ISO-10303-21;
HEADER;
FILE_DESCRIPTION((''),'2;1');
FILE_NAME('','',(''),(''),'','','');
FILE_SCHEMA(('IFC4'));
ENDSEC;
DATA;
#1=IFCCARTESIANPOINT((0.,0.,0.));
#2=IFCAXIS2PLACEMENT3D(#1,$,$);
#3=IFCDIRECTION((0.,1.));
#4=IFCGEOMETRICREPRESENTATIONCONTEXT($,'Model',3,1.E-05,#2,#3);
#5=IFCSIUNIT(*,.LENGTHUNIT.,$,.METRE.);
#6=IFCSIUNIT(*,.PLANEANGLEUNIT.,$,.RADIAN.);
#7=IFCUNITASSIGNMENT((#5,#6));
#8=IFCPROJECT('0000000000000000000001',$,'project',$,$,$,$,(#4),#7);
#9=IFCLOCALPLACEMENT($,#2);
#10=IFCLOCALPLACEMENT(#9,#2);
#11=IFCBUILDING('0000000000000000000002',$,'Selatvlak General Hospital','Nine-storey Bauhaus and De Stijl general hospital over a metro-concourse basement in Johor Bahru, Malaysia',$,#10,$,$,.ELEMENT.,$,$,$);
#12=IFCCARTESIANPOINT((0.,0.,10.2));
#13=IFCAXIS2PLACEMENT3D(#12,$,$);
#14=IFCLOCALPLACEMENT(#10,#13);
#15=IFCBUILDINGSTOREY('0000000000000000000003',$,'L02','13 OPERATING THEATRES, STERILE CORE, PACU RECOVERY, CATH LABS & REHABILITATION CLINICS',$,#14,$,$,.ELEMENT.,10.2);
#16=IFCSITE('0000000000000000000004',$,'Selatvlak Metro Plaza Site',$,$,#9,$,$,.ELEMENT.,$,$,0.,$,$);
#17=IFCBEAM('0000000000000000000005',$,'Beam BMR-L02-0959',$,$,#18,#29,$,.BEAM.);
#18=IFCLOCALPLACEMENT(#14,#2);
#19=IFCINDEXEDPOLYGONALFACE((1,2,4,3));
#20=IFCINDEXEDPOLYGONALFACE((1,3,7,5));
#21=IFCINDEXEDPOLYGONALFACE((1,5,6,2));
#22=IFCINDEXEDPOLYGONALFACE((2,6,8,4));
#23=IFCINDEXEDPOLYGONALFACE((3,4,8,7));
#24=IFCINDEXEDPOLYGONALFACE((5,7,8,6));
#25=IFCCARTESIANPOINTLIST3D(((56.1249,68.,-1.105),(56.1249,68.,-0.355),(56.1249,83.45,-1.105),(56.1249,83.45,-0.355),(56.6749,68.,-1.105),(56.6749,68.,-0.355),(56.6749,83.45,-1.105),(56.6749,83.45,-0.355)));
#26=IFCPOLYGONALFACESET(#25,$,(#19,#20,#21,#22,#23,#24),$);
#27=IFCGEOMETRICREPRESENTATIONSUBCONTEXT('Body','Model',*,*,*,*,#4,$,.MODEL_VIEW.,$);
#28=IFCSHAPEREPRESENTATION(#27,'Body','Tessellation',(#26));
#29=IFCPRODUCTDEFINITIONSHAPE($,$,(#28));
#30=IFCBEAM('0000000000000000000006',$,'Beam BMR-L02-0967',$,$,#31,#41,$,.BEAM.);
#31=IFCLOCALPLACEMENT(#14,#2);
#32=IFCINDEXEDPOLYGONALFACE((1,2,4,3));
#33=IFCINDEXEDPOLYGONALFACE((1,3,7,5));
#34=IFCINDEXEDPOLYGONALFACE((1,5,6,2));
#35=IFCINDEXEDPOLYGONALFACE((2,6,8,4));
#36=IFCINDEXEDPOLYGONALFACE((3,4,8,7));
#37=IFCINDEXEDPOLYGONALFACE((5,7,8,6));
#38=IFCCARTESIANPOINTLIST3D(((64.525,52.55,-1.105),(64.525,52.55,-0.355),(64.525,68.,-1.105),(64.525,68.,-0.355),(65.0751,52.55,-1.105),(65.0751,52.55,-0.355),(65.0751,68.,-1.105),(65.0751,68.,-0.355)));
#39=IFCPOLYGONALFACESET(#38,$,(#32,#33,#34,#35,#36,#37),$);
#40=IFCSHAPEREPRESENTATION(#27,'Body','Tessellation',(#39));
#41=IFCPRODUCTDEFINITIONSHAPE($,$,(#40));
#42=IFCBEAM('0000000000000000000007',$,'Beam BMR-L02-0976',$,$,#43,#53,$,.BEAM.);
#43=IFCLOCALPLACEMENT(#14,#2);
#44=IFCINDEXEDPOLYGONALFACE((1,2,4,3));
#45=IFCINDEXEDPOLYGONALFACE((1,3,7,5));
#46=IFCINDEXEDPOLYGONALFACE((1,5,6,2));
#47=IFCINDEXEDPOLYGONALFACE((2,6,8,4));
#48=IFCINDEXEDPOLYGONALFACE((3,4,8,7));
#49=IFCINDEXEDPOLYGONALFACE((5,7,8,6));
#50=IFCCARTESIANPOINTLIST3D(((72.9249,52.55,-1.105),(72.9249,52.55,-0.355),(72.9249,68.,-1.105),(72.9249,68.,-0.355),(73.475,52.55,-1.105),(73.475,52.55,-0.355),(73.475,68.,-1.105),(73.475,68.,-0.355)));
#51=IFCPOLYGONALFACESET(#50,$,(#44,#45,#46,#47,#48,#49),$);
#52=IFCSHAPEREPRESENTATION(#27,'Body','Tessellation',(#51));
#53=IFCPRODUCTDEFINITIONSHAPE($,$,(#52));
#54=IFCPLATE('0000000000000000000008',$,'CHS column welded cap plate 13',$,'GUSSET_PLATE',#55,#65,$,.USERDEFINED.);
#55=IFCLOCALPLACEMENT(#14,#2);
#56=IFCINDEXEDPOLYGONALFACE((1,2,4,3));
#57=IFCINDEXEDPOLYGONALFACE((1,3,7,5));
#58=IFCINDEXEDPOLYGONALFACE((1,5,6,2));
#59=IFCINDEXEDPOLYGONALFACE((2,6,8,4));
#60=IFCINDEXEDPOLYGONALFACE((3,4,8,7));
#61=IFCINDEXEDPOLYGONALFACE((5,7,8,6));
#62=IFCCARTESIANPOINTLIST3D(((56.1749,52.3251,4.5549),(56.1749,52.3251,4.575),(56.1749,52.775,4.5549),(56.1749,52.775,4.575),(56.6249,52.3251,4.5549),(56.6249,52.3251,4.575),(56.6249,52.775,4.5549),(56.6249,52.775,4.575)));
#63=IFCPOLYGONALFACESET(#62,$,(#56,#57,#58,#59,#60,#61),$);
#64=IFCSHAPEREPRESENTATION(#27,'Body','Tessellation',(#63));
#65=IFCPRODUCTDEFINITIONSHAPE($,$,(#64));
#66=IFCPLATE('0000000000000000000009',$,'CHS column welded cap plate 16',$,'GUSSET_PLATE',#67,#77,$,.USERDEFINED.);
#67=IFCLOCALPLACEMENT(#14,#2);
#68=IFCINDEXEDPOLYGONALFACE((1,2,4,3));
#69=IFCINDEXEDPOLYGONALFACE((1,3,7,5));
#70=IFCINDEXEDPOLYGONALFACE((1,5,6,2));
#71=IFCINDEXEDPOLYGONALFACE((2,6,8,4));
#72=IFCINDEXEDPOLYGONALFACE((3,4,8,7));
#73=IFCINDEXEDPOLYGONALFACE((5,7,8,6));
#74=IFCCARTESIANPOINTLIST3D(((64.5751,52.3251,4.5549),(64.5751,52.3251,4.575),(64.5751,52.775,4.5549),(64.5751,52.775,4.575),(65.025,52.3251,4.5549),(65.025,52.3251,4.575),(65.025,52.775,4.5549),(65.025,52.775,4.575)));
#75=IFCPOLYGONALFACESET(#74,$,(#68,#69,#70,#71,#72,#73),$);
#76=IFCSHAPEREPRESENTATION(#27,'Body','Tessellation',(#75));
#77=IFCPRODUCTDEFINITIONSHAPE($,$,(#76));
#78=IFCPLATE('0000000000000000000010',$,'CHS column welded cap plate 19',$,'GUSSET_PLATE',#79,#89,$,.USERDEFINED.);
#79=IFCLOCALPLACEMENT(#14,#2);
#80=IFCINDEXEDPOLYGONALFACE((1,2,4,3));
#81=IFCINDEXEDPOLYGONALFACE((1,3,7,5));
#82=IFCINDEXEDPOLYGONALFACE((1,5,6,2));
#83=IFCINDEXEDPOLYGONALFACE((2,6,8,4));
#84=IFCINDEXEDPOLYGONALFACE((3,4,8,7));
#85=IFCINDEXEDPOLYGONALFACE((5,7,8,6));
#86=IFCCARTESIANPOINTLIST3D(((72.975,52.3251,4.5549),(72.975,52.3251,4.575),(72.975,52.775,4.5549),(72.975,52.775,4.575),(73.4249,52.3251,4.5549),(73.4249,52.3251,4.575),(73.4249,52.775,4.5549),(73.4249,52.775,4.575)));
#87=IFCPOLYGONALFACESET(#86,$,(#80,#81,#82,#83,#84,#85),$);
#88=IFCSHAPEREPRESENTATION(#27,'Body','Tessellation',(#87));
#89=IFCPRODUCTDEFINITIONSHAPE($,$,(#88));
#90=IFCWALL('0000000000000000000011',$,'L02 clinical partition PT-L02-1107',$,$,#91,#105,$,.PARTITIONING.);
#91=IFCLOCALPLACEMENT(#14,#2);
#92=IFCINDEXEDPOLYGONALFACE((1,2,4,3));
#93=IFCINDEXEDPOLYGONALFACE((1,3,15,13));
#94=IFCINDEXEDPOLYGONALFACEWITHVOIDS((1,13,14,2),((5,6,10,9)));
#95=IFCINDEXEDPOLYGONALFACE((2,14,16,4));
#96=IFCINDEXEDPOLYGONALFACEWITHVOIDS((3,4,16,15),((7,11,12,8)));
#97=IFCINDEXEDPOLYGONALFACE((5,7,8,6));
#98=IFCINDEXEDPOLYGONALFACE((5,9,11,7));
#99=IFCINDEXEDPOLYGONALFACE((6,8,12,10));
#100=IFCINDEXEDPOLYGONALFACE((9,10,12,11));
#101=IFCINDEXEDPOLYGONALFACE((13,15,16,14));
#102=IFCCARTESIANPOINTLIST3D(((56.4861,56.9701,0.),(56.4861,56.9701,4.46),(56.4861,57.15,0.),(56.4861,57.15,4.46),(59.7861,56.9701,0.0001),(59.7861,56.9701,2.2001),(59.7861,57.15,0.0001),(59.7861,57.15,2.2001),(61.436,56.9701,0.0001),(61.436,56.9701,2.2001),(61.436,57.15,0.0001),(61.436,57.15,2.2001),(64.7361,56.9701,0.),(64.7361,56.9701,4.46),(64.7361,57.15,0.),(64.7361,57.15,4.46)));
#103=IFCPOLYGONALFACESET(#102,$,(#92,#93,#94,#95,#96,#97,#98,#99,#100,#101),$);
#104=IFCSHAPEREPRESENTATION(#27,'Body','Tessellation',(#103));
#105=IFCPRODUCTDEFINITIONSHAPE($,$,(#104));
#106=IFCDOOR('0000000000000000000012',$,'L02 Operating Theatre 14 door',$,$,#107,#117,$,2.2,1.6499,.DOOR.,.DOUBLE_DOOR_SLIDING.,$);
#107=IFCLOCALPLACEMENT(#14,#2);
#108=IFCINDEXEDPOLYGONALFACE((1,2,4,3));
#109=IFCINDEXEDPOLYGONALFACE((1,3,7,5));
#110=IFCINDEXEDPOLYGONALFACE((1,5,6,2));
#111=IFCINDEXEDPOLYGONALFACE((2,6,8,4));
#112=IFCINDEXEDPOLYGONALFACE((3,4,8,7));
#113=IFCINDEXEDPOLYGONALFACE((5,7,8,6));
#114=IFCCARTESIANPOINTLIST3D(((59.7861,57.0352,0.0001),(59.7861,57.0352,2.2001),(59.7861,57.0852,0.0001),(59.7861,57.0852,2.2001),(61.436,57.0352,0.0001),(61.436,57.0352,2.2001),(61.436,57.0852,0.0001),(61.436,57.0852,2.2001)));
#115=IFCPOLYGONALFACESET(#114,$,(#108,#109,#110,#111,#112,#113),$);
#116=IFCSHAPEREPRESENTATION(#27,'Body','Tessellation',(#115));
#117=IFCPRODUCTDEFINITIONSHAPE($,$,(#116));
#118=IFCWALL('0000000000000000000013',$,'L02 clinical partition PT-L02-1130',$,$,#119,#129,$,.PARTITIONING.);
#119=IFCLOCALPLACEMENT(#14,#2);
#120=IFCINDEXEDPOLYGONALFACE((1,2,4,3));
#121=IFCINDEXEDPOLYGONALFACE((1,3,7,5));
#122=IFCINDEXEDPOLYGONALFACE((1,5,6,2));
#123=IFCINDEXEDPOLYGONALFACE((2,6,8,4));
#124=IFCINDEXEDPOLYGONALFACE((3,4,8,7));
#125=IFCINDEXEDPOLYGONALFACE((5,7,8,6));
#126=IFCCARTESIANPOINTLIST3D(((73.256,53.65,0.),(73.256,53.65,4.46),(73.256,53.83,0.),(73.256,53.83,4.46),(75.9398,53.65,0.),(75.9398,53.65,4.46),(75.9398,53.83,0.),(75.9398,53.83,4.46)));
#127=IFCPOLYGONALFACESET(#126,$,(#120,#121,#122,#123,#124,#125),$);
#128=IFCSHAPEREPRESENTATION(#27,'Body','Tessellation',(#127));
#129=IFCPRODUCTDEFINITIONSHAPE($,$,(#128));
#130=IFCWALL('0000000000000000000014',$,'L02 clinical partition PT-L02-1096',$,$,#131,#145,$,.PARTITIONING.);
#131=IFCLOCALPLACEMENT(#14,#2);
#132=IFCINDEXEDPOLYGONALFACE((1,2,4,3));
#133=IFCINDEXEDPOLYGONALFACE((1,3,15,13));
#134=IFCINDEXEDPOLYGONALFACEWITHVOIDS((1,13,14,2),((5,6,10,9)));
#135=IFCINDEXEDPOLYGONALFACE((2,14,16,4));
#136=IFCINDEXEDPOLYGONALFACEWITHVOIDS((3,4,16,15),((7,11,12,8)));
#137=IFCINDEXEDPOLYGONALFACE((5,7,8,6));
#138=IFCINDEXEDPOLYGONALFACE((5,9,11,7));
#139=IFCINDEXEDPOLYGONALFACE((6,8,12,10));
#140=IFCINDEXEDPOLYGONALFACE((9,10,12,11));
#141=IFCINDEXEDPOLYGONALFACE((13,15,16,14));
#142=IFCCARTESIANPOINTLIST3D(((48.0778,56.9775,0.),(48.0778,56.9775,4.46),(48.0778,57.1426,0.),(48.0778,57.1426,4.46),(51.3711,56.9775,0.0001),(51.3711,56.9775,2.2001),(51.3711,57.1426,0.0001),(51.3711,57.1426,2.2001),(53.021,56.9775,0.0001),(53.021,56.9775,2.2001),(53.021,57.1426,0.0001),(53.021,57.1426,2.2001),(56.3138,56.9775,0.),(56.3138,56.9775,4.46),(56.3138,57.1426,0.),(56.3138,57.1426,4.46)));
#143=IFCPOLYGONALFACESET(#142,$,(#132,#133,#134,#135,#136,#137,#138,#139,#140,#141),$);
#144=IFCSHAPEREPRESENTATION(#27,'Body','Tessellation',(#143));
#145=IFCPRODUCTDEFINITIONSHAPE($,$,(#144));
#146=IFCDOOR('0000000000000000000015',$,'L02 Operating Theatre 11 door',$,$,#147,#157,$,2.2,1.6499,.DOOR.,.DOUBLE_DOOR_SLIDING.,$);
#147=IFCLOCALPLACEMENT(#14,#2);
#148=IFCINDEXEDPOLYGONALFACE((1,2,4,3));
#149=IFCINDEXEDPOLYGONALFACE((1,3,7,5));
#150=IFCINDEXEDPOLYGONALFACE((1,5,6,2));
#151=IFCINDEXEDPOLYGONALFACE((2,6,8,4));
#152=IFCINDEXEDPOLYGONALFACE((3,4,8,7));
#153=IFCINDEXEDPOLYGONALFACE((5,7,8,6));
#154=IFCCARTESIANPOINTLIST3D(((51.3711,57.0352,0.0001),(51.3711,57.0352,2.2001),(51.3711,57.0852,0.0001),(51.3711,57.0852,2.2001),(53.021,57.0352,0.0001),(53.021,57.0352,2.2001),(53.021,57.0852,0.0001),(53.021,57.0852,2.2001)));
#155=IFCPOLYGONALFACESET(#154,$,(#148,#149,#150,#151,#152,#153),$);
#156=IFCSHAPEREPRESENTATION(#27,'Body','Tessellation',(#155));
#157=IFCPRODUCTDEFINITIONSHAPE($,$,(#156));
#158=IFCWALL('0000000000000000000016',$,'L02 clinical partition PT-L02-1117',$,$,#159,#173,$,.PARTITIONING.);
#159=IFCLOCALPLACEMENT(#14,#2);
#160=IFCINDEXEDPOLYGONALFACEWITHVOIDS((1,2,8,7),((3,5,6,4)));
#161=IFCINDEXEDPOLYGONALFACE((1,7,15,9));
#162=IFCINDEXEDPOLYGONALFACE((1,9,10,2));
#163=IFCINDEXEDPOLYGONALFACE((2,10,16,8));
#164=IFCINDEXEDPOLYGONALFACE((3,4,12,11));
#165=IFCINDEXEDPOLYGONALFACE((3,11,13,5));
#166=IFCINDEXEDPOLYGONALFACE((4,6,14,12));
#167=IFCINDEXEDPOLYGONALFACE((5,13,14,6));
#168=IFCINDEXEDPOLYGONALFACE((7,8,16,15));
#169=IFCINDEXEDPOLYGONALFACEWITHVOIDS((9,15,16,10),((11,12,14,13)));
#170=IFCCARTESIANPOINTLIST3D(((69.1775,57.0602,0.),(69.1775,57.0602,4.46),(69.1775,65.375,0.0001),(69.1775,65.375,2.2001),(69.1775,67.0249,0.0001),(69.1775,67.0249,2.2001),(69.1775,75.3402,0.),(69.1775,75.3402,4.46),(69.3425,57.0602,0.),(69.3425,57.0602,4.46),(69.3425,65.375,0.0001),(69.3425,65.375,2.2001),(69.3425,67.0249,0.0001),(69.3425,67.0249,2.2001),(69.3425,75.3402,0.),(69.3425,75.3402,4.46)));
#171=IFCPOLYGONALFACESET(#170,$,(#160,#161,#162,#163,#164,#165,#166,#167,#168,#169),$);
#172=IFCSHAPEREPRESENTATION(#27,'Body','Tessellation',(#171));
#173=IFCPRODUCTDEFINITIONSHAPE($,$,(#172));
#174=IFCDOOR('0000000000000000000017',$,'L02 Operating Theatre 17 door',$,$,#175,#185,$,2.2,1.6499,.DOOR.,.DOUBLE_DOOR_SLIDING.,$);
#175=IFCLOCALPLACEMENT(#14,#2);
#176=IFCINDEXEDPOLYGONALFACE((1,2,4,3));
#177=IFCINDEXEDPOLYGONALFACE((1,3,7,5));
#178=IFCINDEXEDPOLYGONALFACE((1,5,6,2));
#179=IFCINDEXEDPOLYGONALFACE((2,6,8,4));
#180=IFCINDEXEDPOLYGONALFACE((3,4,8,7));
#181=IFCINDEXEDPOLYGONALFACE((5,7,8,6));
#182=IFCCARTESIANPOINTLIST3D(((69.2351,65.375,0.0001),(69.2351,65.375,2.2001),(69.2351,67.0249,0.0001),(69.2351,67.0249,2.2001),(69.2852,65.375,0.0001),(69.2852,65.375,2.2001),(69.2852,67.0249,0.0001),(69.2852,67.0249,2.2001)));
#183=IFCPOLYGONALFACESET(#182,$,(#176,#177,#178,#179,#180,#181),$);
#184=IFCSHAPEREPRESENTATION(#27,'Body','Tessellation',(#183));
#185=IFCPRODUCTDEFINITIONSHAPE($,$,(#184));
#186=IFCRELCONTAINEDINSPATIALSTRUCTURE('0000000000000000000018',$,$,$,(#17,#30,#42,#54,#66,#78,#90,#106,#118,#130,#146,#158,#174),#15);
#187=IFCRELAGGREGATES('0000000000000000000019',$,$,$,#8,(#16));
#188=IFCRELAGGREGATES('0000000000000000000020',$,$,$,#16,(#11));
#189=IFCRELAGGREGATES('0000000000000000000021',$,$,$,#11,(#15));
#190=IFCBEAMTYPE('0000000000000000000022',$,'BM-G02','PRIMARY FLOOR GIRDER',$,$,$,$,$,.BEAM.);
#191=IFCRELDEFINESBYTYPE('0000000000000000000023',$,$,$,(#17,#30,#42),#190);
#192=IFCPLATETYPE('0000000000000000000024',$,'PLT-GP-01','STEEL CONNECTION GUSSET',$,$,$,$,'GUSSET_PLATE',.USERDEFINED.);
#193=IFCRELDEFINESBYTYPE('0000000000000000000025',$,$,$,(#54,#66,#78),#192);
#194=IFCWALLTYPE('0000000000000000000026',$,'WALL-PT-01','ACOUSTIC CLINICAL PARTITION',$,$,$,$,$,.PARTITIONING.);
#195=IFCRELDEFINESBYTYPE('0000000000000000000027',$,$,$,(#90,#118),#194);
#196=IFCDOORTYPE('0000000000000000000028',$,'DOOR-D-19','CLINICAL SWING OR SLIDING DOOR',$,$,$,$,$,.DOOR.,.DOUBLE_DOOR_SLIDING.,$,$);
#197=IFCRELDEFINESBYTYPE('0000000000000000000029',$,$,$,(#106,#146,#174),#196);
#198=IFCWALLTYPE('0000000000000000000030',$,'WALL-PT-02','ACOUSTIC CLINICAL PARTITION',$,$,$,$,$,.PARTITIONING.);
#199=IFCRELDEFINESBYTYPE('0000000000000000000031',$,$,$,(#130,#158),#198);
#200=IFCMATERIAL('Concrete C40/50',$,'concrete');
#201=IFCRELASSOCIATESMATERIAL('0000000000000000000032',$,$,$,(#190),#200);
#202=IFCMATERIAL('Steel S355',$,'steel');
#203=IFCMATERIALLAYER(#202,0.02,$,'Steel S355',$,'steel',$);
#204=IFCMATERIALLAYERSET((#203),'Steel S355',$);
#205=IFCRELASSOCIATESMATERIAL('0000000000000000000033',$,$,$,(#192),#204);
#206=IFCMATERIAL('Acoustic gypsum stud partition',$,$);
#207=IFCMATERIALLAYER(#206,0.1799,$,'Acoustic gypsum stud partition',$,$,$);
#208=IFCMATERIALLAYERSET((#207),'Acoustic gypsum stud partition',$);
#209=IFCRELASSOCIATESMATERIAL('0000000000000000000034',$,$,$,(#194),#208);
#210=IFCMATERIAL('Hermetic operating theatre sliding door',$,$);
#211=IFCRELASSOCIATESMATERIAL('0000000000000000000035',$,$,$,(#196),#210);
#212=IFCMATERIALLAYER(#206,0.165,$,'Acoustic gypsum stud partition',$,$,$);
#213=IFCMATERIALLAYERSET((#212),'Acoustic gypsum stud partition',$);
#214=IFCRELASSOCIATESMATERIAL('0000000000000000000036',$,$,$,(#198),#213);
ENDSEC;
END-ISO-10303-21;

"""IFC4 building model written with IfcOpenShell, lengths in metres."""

from ifc_helpers import new_model, si_unit, direction, frame, frame_2d, origin, origin_2d, place, context, subcontext, project, spatial, rectangle, extrude, material, layer, layer_set, material_profile, profile_set, type_object, element, fill, save


model = new_model("IFC4")

# Units and contexts
model_context = context("Model", 3, precision=1e-05, world=origin(), true_north=direction((0.0, 1.0)))
body_context = subcontext(model_context, "Body", "Model", "MODEL_VIEW")
ifc_project = project(units=[si_unit("LENGTHUNIT", "METRE"), si_unit("PLANEANGLEUNIT", "RADIAN")], contexts=[model_context])

# Site, building, storey
site_placement = place(None, origin())
site = spatial("IfcSite", under=ifc_project, at=site_placement, Name="Selatvlak Metro Plaza Site", CompositionType="ELEMENT", RefElevation=0.0)
building_placement = place(site_placement, origin())
building = spatial("IfcBuilding", under=site, at=building_placement, Name="Selatvlak General Hospital", Description="Nine-storey Bauhaus and De Stijl general hospital over a metro-concourse basement in Johor Bahru, Malaysia", CompositionType="ELEMENT")
storey_placement = place(building_placement, frame((0.0, 0.0, 10.2)))
storey = spatial("IfcBuildingStorey", under=building, at=storey_placement, Name="L02", Description="13 OPERATING THEATRES, STERILE CORE, PACU RECOVERY, CATH LABS & REHABILITATION CLINICS", CompositionType="ELEMENT", Elevation=10.2)

# Shared definitions
ifc_material_1 = material(Name="Steel S355", Category="steel")

# Beams
ifc_material_2 = material(Name="Concrete C40/50", Category="concrete")
ifc_material_profile_1 = material_profile(ifc_material_2, rectangle(XDim=0.55, YDim=0.75, at=origin_2d()), Name="RC-BM 550x750")
ifc_profile_set_1 = profile_set([ifc_material_profile_1], Name="Concrete C40/50")
beam_type = type_object("IfcBeamType", Name="BM-G02", Description="PRIMARY FLOOR GIRDER", PredefinedType="BEAM", material=ifc_profile_set_1)
for number, where, z_axis, x_axis, name in (
    (1, (56.3999, 68.0, -0.73), (0.0, 1.0, 0.0), (-1.0, 0.0, 0.0), "Beam BMR-L02-0959"),
    (2, (64.8, 52.55, -0.73), (0.0, 1.0, 0.0), (-1.0, 0.0, 0.0), "Beam BMR-L02-0967"),
    (3, (73.2, 52.55, -0.73), (0.0, 1.0, 0.0), (-1.0, 0.0, 0.0), "Beam BMR-L02-0976"),
):
    element("IfcBeam", number, at=place(storey_placement, frame(where, z_axis=z_axis, x_axis=x_axis)), inside=storey, type_object=beam_type, Name=name, PredefinedType="BEAM", context=body_context, shape_type="SweptSolid", body=[
        extrude(rectangle(XDim=0.55, YDim=0.75, at=origin_2d()), origin(), (0.0, 0.0, 1.0), 15.45),
    ])

# Plates
ifc_layer_1 = layer(ifc_material_1, 0.02, Name="Steel S355", Category="steel")
ifc_layer_set_1 = layer_set([ifc_layer_1], Name="Steel S355")
plate_type = type_object("IfcPlateType", Name="PLT-GP-01", Description="STEEL CONNECTION GUSSET", ElementType="GUSSET_PLATE", PredefinedType="USERDEFINED", material=ifc_layer_set_1)
for number, where, z_axis, x_axis, name in (
    (4, (56.3999, 52.55, 4.5549), (0.0, 0.0, 1.0), (1.0, 0.0, 0.0), "CHS column welded cap plate 13"),
    (5, (64.8, 52.55, 4.5549), (0.0, 0.0, 1.0), (1.0, 0.0, 0.0), "CHS column welded cap plate 16"),
    (6, (73.2, 52.55, 4.5549), (0.0, 0.0, 1.0), (1.0, 0.0, 0.0), "CHS column welded cap plate 19"),
):
    element("IfcPlate", number, at=place(storey_placement, frame(where, z_axis=z_axis, x_axis=x_axis)), inside=storey, type_object=plate_type, Name=name, ObjectType="GUSSET_PLATE", PredefinedType="USERDEFINED", context=body_context, shape_type="SweptSolid", body=[
        extrude(rectangle(XDim=0.45, YDim=0.45, at=origin_2d()), origin(), (0.0, 0.0, 1.0), 0.02),
    ])

# Wall, opening, door
ifc_material_3 = material(Name="Acoustic gypsum stud partition")
ifc_layer_2 = layer(ifc_material_3, 0.1799, Name="Acoustic gypsum stud partition")
ifc_layer_set_2 = layer_set([ifc_layer_2], Name="Acoustic gypsum stud partition")
wall_type_1 = type_object("IfcWallType", Name="WALL-PT-01", Description="ACOUSTIC CLINICAL PARTITION", PredefinedType="PARTITIONING", material=ifc_layer_set_2)
wall_1_placement = place(storey_placement, frame((64.7361, 57.0601, 0.0), z_axis=(0.0, 0.0, 1.0), x_axis=(-1.0, 0.0, 0.0)))
wall_1 = element("IfcWall", 7, at=wall_1_placement, inside=storey, type_object=wall_type_1, Name="L02 clinical partition PT-L02-1107", PredefinedType="PARTITIONING", context=body_context, shape_type="SweptSolid", body=[
    extrude(rectangle(XDim=8.25, YDim=0.1799, at=frame_2d((4.125, 0.0))), origin(), (0.0, 0.0, 1.0), 4.46),
])
opening_1_placement = place(wall_1_placement, frame((3.3, 0.0, 0.0)))
opening_1 = element("IfcOpeningElement", 8, at=opening_1_placement, cuts=wall_1, PredefinedType="OPENING", context=body_context, shape_type="SweptSolid", body=[
    extrude(rectangle(XDim=1.6499, YDim=2.2, at=frame_2d((0.825, 1.1001))), frame((0.0, 0.0999, 0.0), z_axis=(0.0, -1.0, 0.0), x_axis=(1.0, 0.0, 0.0)), (0.0, 0.0, 1.0), 0.2),
])
ifc_material_4 = material(Name="Hermetic operating theatre sliding door")
door_type = type_object("IfcDoorType", Name="DOOR-D-19", Description="CLINICAL SWING OR SLIDING DOOR", OperationType="DOUBLE_DOOR_SLIDING", PredefinedType="DOOR", material=ifc_material_4)
door_1_placement = place(opening_1_placement, origin())
door_1 = element("IfcDoor", 9, at=door_1_placement, inside=storey, type_object=door_type, Name="L02 Operating Theatre 14 door", OperationType="DOUBLE_DOOR_SLIDING", OverallHeight=2.2, OverallWidth=1.6499, PredefinedType="DOOR", context=body_context, shape_type="SweptSolid", body=[
    extrude(rectangle(XDim=1.6499, YDim=2.2, at=frame_2d((0.825, 1.1001))), frame((0.0, 0.0249, 0.0), z_axis=(0.0, -1.0, 0.0), x_axis=(1.0, 0.0, 0.0)), (0.0, 0.0, 1.0), 0.05),
])
fill(opening_1, door_1)

# Wall
wall_2_placement = place(storey_placement, frame((73.2561, 53.74, 0.0), z_axis=(0.0, 0.0, 1.0), x_axis=(1.0, 0.0, 0.0)))
element("IfcWall", 10, at=wall_2_placement, inside=storey, type_object=wall_type_1, Name="L02 clinical partition PT-L02-1130", PredefinedType="PARTITIONING", context=body_context, shape_type="SweptSolid", body=[
    extrude(rectangle(XDim=2.6838, YDim=0.1799, at=frame_2d((1.3418, 0.0))), origin(), (0.0, 0.0, 1.0), 4.46),
])

# Walls, openings, doors
ifc_layer_3 = layer(ifc_material_3, 0.165, Name="Acoustic gypsum stud partition")
ifc_layer_set_3 = layer_set([ifc_layer_3], Name="Acoustic gypsum stud partition")
wall_type_2 = type_object("IfcWallType", Name="WALL-PT-02", Description="ACOUSTIC CLINICAL PARTITION", PredefinedType="PARTITIONING", material=ifc_layer_set_3)
wall_3_placement = place(storey_placement, frame((56.314, 57.0601, 0.0), z_axis=(0.0, 0.0, 1.0), x_axis=(-1.0, 0.0, 0.0)))
wall_3 = element("IfcWall", 11, at=wall_3_placement, inside=storey, type_object=wall_type_2, Name="L02 clinical partition PT-L02-1096", PredefinedType="PARTITIONING", context=body_context, shape_type="SweptSolid", body=[
    extrude(rectangle(XDim=8.2361, YDim=0.165, at=frame_2d((4.1182, 0.0))), origin(), (0.0, 0.0, 1.0), 4.46),
])
opening_2_placement = place(wall_3_placement, frame((3.293, 0.0, 0.0)))
opening_2 = element("IfcOpeningElement", 12, at=opening_2_placement, cuts=wall_3, PredefinedType="OPENING", context=body_context, shape_type="SweptSolid", body=[
    extrude(rectangle(XDim=1.6499, YDim=2.2, at=frame_2d((0.825, 1.1001))), frame((0.0, 0.0925, 0.0), z_axis=(0.0, -1.0, 0.0), x_axis=(1.0, 0.0, 0.0)), (0.0, 0.0, 1.0), 0.1851),
])
door_2_placement = place(opening_2_placement, origin())
door_2 = element("IfcDoor", 13, at=door_2_placement, inside=storey, type_object=door_type, Name="L02 Operating Theatre 11 door", OperationType="DOUBLE_DOOR_SLIDING", OverallHeight=2.2, OverallWidth=1.6499, PredefinedType="DOOR", context=body_context, shape_type="SweptSolid", body=[
    extrude(rectangle(XDim=1.6499, YDim=2.2, at=frame_2d((0.825, 1.1001))), frame((0.0, 0.0249, 0.0), z_axis=(0.0, -1.0, 0.0), x_axis=(1.0, 0.0, 0.0)), (0.0, 0.0, 1.0), 0.05),
])
fill(opening_2, door_2)
wall_4_placement = place(storey_placement, frame((69.26, 57.0601, 0.0), z_axis=(0.0, 0.0, 1.0), x_axis=(0.0, 1.0, 0.0)))
wall_4 = element("IfcWall", 14, at=wall_4_placement, inside=storey, type_object=wall_type_2, Name="L02 clinical partition PT-L02-1117", PredefinedType="PARTITIONING", context=body_context, shape_type="SweptSolid", body=[
    extrude(rectangle(XDim=18.28, YDim=0.165, at=frame_2d((9.1401, 0.0))), origin(), (0.0, 0.0, 1.0), 4.46),
])
opening_3_placement = place(wall_4_placement, frame((8.3149, 0.0, 0.0)))
opening_3 = element("IfcOpeningElement", 15, at=opening_3_placement, cuts=wall_4, PredefinedType="OPENING", context=body_context, shape_type="SweptSolid", body=[
    extrude(rectangle(XDim=1.6499, YDim=2.2, at=frame_2d((0.825, 1.1001))), frame((0.0, 0.0925, 0.0), z_axis=(0.0, -1.0, 0.0), x_axis=(1.0, 0.0, 0.0)), (0.0, 0.0, 1.0), 0.1851),
])
door_3_placement = place(opening_3_placement, origin())
door_3 = element("IfcDoor", 16, at=door_3_placement, inside=storey, type_object=door_type, Name="L02 Operating Theatre 17 door", OperationType="DOUBLE_DOOR_SLIDING", OverallHeight=2.2, OverallWidth=1.6499, PredefinedType="DOOR", context=body_context, shape_type="SweptSolid", body=[
    extrude(rectangle(XDim=1.6499, YDim=2.2, at=frame_2d((0.825, 1.1001))), frame((0.0, 0.0249, 0.0), z_axis=(0.0, -1.0, 0.0), x_axis=(1.0, 0.0, 0.0)), (0.0, 0.0, 1.0), 0.05),
])
fill(opening_3, door_3)

save(model, "model.ifc")
